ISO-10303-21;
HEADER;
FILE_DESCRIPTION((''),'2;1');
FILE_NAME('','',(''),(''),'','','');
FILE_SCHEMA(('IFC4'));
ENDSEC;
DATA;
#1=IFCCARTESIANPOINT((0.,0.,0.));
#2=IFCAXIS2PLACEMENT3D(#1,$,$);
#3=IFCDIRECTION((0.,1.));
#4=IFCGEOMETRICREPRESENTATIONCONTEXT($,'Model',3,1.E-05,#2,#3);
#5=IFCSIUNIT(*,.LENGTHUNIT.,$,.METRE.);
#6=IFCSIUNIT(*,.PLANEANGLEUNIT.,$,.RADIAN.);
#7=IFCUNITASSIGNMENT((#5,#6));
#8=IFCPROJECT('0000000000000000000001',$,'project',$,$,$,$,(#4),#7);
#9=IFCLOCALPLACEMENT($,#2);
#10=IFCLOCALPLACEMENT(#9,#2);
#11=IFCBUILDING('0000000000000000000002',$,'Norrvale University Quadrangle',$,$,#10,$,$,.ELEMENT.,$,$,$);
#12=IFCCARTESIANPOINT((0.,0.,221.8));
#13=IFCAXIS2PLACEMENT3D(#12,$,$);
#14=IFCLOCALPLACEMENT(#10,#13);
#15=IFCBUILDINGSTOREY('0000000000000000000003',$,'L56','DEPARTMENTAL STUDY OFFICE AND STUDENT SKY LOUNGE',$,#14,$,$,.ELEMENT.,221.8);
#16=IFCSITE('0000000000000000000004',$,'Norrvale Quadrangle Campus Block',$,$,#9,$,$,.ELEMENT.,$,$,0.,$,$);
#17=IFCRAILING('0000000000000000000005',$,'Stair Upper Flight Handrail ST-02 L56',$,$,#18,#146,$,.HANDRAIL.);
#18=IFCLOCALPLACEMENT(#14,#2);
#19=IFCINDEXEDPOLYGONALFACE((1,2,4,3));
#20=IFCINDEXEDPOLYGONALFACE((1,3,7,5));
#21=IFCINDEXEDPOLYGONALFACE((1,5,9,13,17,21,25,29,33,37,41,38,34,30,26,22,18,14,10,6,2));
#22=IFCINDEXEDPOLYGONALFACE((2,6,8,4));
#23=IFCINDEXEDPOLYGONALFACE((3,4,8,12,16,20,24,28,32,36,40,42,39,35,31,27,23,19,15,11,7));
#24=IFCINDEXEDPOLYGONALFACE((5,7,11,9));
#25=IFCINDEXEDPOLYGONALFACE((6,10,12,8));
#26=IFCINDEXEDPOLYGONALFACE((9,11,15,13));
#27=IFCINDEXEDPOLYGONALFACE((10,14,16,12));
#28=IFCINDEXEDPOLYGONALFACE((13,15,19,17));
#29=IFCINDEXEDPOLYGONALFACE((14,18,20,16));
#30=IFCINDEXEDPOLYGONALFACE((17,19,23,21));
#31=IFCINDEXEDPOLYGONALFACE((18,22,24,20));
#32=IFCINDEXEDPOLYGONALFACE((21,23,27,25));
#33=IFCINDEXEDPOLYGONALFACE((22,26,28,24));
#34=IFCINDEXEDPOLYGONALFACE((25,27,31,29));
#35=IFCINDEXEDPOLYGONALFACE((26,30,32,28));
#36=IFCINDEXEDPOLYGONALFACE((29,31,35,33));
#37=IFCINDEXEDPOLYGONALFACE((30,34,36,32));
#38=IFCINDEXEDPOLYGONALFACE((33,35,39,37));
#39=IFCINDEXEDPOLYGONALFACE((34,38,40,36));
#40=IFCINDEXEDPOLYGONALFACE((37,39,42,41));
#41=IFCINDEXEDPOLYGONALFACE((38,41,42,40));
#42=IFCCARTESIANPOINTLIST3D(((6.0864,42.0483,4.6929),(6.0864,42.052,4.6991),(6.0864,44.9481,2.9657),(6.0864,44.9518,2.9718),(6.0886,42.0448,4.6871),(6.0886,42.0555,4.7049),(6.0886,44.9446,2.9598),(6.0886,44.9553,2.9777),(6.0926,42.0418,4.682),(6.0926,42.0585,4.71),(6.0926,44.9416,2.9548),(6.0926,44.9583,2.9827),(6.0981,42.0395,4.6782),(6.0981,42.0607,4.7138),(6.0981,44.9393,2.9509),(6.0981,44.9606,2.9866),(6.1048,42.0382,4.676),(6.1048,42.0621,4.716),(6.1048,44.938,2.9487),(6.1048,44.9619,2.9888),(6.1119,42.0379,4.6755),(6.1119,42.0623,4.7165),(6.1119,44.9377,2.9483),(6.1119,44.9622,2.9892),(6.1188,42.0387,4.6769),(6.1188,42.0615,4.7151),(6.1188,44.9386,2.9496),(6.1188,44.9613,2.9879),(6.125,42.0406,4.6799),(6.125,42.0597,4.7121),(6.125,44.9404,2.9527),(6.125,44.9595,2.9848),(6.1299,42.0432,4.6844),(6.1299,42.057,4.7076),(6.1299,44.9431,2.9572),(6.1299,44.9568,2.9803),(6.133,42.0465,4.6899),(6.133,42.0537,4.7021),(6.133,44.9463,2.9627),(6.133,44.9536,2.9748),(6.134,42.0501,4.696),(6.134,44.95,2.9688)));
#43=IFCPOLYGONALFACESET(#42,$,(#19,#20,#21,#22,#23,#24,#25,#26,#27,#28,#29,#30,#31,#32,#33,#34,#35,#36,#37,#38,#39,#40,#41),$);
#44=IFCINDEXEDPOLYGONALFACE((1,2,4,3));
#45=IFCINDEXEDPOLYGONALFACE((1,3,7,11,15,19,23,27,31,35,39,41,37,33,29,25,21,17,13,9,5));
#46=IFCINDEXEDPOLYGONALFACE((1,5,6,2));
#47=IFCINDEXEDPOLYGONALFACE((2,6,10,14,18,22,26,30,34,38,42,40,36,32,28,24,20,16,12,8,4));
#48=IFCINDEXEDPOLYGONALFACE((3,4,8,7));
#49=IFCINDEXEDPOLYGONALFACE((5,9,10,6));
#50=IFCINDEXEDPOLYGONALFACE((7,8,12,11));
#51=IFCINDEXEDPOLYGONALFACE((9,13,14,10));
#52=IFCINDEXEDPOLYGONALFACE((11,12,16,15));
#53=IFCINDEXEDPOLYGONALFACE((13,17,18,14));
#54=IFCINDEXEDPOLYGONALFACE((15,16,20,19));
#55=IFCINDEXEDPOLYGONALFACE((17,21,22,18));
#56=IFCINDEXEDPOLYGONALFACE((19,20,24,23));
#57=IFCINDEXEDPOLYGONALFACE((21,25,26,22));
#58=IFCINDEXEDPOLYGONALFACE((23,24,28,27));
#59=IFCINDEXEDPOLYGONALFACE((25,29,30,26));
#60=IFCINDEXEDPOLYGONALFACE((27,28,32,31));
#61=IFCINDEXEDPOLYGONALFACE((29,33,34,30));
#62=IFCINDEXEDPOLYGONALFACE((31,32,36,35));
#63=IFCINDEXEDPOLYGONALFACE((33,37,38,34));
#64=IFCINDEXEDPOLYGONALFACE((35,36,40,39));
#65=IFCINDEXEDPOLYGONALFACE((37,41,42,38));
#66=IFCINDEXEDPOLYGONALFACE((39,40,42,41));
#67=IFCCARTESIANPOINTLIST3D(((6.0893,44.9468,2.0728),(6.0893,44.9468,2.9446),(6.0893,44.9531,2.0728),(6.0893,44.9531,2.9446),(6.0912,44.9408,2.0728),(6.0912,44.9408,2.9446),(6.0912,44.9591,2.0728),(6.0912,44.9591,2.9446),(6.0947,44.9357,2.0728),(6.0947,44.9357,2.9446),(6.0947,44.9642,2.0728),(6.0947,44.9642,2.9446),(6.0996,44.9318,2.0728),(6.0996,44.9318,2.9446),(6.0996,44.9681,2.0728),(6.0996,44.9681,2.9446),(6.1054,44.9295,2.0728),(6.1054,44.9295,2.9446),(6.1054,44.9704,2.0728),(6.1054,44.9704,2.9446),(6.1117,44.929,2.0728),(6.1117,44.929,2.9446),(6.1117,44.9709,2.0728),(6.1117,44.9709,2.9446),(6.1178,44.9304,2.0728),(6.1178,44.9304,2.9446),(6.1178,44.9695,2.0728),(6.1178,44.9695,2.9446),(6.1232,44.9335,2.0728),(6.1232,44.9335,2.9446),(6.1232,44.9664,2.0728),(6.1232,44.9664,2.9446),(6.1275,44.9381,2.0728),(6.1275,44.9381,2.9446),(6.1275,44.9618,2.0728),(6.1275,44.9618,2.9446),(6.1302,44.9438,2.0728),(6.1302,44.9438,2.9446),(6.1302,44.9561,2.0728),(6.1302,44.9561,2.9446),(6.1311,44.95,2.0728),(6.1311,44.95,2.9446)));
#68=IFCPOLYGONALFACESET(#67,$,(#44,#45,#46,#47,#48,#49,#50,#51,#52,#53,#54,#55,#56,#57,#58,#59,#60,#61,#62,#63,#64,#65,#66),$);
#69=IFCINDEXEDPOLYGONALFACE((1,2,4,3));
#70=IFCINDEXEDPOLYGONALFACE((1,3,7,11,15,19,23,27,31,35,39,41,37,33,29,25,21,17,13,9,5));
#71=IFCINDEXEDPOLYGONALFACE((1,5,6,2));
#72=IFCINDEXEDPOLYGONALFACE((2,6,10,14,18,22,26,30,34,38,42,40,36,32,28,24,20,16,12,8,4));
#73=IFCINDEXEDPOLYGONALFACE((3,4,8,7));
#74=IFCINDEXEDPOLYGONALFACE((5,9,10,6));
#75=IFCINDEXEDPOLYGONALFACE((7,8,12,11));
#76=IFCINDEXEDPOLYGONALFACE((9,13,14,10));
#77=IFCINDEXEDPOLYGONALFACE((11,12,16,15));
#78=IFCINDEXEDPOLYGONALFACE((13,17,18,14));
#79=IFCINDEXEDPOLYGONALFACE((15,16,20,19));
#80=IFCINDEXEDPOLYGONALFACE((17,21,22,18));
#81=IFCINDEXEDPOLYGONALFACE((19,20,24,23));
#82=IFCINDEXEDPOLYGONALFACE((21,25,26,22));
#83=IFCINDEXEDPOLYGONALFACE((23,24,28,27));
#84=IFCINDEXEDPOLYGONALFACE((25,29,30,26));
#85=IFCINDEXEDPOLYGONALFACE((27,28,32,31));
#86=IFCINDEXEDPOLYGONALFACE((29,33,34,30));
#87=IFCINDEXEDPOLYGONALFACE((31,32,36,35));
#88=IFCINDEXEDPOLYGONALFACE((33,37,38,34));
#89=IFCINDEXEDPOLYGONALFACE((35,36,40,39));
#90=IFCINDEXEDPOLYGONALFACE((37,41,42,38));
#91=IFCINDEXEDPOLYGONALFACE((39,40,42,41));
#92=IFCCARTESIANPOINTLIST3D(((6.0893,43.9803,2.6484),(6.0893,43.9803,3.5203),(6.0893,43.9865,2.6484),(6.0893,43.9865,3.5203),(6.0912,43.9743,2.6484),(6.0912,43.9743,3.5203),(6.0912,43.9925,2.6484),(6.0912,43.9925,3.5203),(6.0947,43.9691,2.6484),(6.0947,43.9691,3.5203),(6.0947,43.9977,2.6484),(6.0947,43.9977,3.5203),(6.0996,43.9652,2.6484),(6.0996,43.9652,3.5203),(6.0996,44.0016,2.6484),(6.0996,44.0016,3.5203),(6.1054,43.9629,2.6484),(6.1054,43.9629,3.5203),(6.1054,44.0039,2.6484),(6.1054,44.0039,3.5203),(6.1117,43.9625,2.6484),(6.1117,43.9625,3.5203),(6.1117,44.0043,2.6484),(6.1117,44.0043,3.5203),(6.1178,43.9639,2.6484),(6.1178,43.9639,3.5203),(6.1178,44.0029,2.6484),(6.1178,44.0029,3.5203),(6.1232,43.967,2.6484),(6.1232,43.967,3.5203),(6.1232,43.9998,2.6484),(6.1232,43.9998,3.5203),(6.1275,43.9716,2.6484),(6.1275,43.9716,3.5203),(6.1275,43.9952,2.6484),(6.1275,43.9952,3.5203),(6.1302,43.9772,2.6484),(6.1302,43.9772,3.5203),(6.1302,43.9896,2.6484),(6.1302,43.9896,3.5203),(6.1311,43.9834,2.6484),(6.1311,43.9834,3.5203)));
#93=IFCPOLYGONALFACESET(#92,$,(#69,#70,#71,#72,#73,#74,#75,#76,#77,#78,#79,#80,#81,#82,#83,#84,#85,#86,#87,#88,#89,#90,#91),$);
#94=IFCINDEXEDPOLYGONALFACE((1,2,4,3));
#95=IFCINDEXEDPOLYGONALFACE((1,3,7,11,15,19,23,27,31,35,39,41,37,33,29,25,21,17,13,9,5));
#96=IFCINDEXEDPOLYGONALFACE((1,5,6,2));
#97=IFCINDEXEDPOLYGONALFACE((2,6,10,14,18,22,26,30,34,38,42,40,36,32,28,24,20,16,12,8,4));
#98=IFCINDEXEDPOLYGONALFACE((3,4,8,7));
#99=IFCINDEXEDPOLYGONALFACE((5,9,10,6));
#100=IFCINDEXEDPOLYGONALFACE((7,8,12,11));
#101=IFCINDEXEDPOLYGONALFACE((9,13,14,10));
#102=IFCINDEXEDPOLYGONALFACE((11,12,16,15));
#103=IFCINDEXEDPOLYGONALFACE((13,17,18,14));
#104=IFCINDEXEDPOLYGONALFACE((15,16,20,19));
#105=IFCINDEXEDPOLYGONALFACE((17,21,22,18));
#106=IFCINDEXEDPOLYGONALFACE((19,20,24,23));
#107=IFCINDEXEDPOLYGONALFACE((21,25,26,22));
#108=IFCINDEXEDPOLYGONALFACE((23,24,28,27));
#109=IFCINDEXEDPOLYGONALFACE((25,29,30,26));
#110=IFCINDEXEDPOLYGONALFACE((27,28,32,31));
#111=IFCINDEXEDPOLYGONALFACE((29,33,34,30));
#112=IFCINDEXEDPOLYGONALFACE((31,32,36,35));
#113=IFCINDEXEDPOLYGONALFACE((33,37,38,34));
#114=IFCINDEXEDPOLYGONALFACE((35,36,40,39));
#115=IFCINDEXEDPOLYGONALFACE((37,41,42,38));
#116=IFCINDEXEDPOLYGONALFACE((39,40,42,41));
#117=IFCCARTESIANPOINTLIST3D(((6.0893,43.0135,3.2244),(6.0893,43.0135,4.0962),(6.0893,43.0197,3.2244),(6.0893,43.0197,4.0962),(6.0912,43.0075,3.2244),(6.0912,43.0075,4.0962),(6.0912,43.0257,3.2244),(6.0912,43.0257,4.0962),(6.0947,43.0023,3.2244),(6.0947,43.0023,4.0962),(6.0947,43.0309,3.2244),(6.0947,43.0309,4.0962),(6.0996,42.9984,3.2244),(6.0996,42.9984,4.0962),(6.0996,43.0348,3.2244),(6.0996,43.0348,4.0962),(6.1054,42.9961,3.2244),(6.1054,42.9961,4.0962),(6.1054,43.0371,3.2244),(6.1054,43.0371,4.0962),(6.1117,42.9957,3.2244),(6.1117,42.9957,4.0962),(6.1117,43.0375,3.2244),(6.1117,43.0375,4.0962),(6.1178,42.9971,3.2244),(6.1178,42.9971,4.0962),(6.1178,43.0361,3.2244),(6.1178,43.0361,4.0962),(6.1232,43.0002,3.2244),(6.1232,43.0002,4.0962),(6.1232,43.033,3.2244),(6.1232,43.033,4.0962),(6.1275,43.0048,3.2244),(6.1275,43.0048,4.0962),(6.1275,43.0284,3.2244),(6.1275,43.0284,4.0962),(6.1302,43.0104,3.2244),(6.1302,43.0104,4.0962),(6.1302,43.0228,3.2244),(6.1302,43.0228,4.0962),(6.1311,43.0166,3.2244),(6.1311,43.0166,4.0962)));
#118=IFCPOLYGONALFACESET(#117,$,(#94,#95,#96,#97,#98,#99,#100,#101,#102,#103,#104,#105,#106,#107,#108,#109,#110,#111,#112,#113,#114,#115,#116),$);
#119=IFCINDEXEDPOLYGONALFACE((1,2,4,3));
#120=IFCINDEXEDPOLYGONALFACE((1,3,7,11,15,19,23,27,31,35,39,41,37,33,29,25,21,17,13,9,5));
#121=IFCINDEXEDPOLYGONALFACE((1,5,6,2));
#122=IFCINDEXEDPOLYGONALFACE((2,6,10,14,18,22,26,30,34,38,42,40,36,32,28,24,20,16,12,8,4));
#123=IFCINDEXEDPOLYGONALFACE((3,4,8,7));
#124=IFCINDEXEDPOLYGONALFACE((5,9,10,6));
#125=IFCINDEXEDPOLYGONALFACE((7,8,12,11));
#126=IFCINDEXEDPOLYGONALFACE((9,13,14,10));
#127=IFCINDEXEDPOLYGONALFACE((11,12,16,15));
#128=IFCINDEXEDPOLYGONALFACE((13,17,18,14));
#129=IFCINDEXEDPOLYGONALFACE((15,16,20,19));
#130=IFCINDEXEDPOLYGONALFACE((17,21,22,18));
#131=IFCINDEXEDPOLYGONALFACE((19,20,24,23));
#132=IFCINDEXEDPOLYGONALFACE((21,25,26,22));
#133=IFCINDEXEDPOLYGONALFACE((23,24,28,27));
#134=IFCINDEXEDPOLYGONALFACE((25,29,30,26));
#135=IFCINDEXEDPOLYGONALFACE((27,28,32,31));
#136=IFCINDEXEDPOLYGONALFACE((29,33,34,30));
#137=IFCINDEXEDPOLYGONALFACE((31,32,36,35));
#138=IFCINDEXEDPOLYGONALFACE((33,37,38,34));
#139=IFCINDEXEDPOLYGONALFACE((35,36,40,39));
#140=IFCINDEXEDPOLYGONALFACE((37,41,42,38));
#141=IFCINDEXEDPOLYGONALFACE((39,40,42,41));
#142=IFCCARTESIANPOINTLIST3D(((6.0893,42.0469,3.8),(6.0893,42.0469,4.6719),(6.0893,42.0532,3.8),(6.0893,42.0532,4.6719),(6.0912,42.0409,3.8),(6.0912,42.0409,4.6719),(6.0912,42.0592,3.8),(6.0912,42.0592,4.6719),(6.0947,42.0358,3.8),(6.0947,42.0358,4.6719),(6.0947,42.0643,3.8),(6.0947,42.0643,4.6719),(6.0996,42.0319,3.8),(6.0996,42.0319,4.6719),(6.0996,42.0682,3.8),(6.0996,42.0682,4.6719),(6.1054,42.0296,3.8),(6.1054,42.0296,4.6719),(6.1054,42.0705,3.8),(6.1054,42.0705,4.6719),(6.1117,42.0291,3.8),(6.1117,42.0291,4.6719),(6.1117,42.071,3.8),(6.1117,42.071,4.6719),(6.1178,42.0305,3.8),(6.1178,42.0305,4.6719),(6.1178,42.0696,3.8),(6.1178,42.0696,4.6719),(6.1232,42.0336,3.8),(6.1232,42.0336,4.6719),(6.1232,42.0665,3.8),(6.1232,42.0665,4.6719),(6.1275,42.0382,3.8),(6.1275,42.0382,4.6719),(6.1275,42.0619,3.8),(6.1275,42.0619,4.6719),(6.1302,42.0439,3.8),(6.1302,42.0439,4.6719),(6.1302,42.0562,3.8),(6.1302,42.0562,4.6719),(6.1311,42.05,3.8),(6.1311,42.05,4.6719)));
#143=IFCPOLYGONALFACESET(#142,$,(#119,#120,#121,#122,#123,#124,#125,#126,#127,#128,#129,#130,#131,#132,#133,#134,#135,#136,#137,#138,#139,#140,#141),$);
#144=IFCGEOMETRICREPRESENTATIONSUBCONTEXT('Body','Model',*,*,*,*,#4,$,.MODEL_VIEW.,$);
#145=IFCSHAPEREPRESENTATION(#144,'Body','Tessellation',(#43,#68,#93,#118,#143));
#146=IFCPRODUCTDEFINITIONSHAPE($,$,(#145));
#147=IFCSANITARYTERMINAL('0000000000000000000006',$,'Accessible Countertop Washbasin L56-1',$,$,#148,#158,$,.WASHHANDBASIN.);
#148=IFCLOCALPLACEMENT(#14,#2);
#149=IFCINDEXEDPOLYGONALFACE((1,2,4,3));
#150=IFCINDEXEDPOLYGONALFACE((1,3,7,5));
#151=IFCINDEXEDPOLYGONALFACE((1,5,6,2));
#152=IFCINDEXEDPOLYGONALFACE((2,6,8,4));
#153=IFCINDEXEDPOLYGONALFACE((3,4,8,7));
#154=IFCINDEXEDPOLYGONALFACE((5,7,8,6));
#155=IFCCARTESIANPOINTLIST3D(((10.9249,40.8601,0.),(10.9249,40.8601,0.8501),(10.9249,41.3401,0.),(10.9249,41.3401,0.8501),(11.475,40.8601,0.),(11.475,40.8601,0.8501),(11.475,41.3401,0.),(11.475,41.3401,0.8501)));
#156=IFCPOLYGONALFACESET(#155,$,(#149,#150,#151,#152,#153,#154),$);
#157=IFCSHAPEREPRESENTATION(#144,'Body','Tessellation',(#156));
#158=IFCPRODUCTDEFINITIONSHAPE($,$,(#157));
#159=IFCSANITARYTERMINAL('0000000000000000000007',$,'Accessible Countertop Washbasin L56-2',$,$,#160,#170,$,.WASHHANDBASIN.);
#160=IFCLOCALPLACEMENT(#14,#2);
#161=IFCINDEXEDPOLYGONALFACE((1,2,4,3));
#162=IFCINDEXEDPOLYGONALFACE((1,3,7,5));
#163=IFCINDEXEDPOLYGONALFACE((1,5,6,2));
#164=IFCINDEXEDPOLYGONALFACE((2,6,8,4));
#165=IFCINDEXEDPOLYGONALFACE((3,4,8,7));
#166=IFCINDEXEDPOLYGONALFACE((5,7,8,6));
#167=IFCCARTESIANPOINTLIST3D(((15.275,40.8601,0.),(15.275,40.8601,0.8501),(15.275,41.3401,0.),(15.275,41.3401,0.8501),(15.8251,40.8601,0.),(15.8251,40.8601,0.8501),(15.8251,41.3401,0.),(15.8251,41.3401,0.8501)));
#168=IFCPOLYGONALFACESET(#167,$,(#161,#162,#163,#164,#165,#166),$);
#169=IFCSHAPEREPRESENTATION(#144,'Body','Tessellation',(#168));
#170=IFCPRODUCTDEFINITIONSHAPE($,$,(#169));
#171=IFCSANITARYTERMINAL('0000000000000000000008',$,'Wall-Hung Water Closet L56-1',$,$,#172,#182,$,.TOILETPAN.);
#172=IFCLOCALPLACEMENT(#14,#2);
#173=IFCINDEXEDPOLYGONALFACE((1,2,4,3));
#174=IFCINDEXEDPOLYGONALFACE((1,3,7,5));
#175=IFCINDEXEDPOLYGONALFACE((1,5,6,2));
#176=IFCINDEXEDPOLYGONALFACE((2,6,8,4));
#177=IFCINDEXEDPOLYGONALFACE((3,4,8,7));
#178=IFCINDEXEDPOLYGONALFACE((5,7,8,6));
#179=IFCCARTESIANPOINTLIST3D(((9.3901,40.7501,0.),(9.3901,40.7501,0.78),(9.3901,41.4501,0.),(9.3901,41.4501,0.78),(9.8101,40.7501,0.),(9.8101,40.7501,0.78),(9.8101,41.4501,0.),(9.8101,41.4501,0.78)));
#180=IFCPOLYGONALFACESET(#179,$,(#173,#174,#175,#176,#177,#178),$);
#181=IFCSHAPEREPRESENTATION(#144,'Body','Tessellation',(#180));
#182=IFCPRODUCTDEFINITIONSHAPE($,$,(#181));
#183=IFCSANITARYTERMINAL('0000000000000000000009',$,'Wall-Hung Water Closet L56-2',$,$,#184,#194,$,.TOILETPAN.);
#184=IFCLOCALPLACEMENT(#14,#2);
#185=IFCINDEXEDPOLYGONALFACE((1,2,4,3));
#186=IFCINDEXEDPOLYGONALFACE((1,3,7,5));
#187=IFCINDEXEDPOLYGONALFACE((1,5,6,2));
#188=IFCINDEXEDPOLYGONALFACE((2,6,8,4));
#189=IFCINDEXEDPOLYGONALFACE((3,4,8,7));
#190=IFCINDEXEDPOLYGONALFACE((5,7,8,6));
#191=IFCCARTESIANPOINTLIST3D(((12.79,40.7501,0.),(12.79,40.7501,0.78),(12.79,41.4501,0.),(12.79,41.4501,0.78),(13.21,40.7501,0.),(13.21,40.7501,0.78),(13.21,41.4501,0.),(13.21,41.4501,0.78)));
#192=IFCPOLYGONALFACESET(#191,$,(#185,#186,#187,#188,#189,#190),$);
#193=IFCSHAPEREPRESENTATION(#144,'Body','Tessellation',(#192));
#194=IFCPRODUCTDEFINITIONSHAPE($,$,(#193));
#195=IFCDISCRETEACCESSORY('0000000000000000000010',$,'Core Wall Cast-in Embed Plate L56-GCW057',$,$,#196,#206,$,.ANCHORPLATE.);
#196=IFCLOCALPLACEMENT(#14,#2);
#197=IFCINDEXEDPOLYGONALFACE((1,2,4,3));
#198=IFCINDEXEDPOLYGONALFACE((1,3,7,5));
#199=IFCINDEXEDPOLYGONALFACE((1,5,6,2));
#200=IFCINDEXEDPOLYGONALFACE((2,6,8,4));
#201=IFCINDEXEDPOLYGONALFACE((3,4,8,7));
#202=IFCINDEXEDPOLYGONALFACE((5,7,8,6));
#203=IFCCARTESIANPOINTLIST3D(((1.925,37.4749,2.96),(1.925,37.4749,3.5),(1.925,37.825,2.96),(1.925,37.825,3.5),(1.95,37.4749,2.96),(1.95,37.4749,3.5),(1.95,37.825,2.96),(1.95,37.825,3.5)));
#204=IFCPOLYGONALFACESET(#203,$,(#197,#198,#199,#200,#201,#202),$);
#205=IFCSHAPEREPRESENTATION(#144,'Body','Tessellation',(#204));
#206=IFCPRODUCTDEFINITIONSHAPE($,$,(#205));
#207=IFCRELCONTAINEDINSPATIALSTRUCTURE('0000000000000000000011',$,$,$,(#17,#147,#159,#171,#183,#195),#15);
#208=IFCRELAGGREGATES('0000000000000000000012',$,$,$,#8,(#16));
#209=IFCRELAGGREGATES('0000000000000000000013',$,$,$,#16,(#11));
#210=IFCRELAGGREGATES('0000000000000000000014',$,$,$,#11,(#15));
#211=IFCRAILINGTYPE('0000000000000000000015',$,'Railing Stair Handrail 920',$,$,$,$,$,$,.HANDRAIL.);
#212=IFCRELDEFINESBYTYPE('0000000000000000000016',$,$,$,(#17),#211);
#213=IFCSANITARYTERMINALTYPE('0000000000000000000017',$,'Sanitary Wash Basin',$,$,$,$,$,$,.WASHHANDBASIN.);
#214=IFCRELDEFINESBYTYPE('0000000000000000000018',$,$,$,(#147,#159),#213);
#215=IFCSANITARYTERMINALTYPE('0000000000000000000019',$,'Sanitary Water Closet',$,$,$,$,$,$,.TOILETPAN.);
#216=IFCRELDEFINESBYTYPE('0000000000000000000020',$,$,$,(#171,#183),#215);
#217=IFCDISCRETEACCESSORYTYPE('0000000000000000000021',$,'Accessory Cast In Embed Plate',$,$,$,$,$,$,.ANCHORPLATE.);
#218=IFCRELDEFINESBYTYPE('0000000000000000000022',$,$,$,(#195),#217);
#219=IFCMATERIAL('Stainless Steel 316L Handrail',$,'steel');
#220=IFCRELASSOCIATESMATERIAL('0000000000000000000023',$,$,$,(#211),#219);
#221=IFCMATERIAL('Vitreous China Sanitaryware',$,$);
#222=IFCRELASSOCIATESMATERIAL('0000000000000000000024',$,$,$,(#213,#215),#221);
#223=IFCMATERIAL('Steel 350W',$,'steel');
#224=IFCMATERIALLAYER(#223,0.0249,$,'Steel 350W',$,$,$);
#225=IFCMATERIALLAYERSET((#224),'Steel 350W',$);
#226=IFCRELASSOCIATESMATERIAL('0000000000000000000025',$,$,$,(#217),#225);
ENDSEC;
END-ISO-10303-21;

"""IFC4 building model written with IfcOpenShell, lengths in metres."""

from ifc_helpers import new_model, si_unit, direction, frame, origin, origin_2d, place, context, subcontext, project, spatial, rectangle, circle, extrude, material, layer, layer_set, type_object, element, save


model = new_model("IFC4")

# Units and contexts
model_context = context("Model", 3, precision=1e-05, world=origin(), true_north=direction((0.0, 1.0)))
body_context = subcontext(model_context, "Body", "Model", "MODEL_VIEW")
ifc_project = project(units=[si_unit("LENGTHUNIT", "METRE"), si_unit("PLANEANGLEUNIT", "RADIAN")], contexts=[model_context])

# Site, building, storey
site_placement = place(None, origin())
site = spatial("IfcSite", under=ifc_project, at=site_placement, Name="Norrvale Quadrangle Campus Block", CompositionType="ELEMENT", RefElevation=0.0)
building_placement = place(site_placement, origin())
building = spatial("IfcBuilding", under=site, at=building_placement, Name="Norrvale University Quadrangle", CompositionType="ELEMENT")
storey_placement = place(building_placement, frame((0.0, 0.0, 221.8)))
storey = spatial("IfcBuildingStorey", under=building, at=storey_placement, Name="L56", Description="DEPARTMENTAL STUDY OFFICE AND STUDENT SKY LOUNGE", CompositionType="ELEMENT", Elevation=221.8)

# Shared definitions
ifc_material_1 = material(Name="Steel 350W", Category="steel")

# Railing
ifc_material_2 = material(Name="Stainless Steel 316L Handrail", Category="steel")
railing_type_1 = type_object("IfcRailingType", Name="Railing Stair Handrail 920", PredefinedType="HANDRAIL", material=ifc_material_2)
railing_1_placement = place(storey_placement, frame((6.1101, 44.95, 2.0728)))
element("IfcRailing", 1, at=railing_1_placement, inside=storey, type_object=railing_type_1, Name="Stair Upper Flight Handrail ST-02 L56", PredefinedType="HANDRAIL", context=body_context, shape_type="SweptSolid", body=[
    extrude(circle(Radius=0.0239, at=origin_2d()), frame((0.0, 0.0, 0.896), z_axis=(0.0, -0.859141, 0.511738), x_axis=(1.0, 0.0, 0.0)), (0.0, 0.0, 1.0), 3.3752),
    extrude(circle(Radius=0.021, at=origin_2d()), origin(), (0.0, 0.0, 1.0), 0.8718),
    extrude(circle(Radius=0.021, at=origin_2d()), frame((0.0, -0.9666, 0.5757)), (0.0, 0.0, 1.0), 0.8718),
    extrude(circle(Radius=0.021, at=origin_2d()), frame((0.0, -1.9333, 1.1516)), (0.0, 0.0, 1.0), 0.8718),
    extrude(circle(Radius=0.021, at=origin_2d()), frame((0.0, -2.8999, 1.7273)), (0.0, 0.0, 1.0), 0.8718),
])

# Sanitary terminals
ifc_material_3 = material(Name="Vitreous China Sanitaryware")
sanitary_terminal_type_1 = type_object("IfcSanitaryTerminalType", Name="Sanitary Wash Basin", PredefinedType="WASHHANDBASIN", material=ifc_material_3)
for number, where, z_axis, x_axis, name in (
    (2, (11.2, 41.1001, 0.0), (0.0, 0.0, 1.0), (1.0, 0.0, 0.0), "Accessible Countertop Washbasin L56-1"),
    (3, (15.55, 41.1001, 0.0), (0.0, 0.0, 1.0), (1.0, 0.0, 0.0), "Accessible Countertop Washbasin L56-2"),
):
    element("IfcSanitaryTerminal", number, at=place(storey_placement, frame(where, z_axis=z_axis, x_axis=x_axis)), inside=storey, type_object=sanitary_terminal_type_1, Name=name, PredefinedType="WASHHANDBASIN", context=body_context, shape_type="SweptSolid", body=[
        extrude(rectangle(XDim=0.55, YDim=0.48, at=origin_2d()), origin(), (0.0, 0.0, 1.0), 0.8501),
    ])
sanitary_terminal_type_2 = type_object("IfcSanitaryTerminalType", Name="Sanitary Water Closet", PredefinedType="TOILETPAN", material=ifc_material_3)
for number, where, z_axis, x_axis, name in (
    (4, (9.6001, 41.1001, 0.0), (0.0, 0.0, 1.0), (1.0, 0.0, 0.0), "Wall-Hung Water Closet L56-1"),
    (5, (13.0, 41.1001, 0.0), (0.0, 0.0, 1.0), (1.0, 0.0, 0.0), "Wall-Hung Water Closet L56-2"),
):
    element("IfcSanitaryTerminal", number, at=place(storey_placement, frame(where, z_axis=z_axis, x_axis=x_axis)), inside=storey, type_object=sanitary_terminal_type_2, Name=name, PredefinedType="TOILETPAN", context=body_context, shape_type="SweptSolid", body=[
        extrude(rectangle(XDim=0.4199, YDim=0.7, at=origin_2d()), origin(), (0.0, 0.0, 1.0), 0.78),
    ])

# Discrete accessory
ifc_layer_1 = layer(ifc_material_1, 0.0249, Name="Steel 350W")
ifc_layer_set_1 = layer_set([ifc_layer_1], Name="Steel 350W")
discrete_accessory_type = type_object("IfcDiscreteAccessoryType", Name="Accessory Cast In Embed Plate", PredefinedType="ANCHORPLATE", material=ifc_layer_set_1)
discrete_accessory_placement = place(storey_placement, frame((1.9375, 37.6499, 2.96), z_axis=(0.0, 0.0, 1.0), x_axis=(1.0, 0.0, 0.0)))
element("IfcDiscreteAccessory", 6, at=discrete_accessory_placement, inside=storey, type_object=discrete_accessory_type, Name="Core Wall Cast-in Embed Plate L56-GCW057", PredefinedType="ANCHORPLATE", context=body_context, shape_type="SweptSolid", body=[
    extrude(rectangle(XDim=0.0249, YDim=0.3501, at=origin_2d()), origin(), (0.0, 0.0, 1.0), 0.54),
])

save(model, "model.ifc")
